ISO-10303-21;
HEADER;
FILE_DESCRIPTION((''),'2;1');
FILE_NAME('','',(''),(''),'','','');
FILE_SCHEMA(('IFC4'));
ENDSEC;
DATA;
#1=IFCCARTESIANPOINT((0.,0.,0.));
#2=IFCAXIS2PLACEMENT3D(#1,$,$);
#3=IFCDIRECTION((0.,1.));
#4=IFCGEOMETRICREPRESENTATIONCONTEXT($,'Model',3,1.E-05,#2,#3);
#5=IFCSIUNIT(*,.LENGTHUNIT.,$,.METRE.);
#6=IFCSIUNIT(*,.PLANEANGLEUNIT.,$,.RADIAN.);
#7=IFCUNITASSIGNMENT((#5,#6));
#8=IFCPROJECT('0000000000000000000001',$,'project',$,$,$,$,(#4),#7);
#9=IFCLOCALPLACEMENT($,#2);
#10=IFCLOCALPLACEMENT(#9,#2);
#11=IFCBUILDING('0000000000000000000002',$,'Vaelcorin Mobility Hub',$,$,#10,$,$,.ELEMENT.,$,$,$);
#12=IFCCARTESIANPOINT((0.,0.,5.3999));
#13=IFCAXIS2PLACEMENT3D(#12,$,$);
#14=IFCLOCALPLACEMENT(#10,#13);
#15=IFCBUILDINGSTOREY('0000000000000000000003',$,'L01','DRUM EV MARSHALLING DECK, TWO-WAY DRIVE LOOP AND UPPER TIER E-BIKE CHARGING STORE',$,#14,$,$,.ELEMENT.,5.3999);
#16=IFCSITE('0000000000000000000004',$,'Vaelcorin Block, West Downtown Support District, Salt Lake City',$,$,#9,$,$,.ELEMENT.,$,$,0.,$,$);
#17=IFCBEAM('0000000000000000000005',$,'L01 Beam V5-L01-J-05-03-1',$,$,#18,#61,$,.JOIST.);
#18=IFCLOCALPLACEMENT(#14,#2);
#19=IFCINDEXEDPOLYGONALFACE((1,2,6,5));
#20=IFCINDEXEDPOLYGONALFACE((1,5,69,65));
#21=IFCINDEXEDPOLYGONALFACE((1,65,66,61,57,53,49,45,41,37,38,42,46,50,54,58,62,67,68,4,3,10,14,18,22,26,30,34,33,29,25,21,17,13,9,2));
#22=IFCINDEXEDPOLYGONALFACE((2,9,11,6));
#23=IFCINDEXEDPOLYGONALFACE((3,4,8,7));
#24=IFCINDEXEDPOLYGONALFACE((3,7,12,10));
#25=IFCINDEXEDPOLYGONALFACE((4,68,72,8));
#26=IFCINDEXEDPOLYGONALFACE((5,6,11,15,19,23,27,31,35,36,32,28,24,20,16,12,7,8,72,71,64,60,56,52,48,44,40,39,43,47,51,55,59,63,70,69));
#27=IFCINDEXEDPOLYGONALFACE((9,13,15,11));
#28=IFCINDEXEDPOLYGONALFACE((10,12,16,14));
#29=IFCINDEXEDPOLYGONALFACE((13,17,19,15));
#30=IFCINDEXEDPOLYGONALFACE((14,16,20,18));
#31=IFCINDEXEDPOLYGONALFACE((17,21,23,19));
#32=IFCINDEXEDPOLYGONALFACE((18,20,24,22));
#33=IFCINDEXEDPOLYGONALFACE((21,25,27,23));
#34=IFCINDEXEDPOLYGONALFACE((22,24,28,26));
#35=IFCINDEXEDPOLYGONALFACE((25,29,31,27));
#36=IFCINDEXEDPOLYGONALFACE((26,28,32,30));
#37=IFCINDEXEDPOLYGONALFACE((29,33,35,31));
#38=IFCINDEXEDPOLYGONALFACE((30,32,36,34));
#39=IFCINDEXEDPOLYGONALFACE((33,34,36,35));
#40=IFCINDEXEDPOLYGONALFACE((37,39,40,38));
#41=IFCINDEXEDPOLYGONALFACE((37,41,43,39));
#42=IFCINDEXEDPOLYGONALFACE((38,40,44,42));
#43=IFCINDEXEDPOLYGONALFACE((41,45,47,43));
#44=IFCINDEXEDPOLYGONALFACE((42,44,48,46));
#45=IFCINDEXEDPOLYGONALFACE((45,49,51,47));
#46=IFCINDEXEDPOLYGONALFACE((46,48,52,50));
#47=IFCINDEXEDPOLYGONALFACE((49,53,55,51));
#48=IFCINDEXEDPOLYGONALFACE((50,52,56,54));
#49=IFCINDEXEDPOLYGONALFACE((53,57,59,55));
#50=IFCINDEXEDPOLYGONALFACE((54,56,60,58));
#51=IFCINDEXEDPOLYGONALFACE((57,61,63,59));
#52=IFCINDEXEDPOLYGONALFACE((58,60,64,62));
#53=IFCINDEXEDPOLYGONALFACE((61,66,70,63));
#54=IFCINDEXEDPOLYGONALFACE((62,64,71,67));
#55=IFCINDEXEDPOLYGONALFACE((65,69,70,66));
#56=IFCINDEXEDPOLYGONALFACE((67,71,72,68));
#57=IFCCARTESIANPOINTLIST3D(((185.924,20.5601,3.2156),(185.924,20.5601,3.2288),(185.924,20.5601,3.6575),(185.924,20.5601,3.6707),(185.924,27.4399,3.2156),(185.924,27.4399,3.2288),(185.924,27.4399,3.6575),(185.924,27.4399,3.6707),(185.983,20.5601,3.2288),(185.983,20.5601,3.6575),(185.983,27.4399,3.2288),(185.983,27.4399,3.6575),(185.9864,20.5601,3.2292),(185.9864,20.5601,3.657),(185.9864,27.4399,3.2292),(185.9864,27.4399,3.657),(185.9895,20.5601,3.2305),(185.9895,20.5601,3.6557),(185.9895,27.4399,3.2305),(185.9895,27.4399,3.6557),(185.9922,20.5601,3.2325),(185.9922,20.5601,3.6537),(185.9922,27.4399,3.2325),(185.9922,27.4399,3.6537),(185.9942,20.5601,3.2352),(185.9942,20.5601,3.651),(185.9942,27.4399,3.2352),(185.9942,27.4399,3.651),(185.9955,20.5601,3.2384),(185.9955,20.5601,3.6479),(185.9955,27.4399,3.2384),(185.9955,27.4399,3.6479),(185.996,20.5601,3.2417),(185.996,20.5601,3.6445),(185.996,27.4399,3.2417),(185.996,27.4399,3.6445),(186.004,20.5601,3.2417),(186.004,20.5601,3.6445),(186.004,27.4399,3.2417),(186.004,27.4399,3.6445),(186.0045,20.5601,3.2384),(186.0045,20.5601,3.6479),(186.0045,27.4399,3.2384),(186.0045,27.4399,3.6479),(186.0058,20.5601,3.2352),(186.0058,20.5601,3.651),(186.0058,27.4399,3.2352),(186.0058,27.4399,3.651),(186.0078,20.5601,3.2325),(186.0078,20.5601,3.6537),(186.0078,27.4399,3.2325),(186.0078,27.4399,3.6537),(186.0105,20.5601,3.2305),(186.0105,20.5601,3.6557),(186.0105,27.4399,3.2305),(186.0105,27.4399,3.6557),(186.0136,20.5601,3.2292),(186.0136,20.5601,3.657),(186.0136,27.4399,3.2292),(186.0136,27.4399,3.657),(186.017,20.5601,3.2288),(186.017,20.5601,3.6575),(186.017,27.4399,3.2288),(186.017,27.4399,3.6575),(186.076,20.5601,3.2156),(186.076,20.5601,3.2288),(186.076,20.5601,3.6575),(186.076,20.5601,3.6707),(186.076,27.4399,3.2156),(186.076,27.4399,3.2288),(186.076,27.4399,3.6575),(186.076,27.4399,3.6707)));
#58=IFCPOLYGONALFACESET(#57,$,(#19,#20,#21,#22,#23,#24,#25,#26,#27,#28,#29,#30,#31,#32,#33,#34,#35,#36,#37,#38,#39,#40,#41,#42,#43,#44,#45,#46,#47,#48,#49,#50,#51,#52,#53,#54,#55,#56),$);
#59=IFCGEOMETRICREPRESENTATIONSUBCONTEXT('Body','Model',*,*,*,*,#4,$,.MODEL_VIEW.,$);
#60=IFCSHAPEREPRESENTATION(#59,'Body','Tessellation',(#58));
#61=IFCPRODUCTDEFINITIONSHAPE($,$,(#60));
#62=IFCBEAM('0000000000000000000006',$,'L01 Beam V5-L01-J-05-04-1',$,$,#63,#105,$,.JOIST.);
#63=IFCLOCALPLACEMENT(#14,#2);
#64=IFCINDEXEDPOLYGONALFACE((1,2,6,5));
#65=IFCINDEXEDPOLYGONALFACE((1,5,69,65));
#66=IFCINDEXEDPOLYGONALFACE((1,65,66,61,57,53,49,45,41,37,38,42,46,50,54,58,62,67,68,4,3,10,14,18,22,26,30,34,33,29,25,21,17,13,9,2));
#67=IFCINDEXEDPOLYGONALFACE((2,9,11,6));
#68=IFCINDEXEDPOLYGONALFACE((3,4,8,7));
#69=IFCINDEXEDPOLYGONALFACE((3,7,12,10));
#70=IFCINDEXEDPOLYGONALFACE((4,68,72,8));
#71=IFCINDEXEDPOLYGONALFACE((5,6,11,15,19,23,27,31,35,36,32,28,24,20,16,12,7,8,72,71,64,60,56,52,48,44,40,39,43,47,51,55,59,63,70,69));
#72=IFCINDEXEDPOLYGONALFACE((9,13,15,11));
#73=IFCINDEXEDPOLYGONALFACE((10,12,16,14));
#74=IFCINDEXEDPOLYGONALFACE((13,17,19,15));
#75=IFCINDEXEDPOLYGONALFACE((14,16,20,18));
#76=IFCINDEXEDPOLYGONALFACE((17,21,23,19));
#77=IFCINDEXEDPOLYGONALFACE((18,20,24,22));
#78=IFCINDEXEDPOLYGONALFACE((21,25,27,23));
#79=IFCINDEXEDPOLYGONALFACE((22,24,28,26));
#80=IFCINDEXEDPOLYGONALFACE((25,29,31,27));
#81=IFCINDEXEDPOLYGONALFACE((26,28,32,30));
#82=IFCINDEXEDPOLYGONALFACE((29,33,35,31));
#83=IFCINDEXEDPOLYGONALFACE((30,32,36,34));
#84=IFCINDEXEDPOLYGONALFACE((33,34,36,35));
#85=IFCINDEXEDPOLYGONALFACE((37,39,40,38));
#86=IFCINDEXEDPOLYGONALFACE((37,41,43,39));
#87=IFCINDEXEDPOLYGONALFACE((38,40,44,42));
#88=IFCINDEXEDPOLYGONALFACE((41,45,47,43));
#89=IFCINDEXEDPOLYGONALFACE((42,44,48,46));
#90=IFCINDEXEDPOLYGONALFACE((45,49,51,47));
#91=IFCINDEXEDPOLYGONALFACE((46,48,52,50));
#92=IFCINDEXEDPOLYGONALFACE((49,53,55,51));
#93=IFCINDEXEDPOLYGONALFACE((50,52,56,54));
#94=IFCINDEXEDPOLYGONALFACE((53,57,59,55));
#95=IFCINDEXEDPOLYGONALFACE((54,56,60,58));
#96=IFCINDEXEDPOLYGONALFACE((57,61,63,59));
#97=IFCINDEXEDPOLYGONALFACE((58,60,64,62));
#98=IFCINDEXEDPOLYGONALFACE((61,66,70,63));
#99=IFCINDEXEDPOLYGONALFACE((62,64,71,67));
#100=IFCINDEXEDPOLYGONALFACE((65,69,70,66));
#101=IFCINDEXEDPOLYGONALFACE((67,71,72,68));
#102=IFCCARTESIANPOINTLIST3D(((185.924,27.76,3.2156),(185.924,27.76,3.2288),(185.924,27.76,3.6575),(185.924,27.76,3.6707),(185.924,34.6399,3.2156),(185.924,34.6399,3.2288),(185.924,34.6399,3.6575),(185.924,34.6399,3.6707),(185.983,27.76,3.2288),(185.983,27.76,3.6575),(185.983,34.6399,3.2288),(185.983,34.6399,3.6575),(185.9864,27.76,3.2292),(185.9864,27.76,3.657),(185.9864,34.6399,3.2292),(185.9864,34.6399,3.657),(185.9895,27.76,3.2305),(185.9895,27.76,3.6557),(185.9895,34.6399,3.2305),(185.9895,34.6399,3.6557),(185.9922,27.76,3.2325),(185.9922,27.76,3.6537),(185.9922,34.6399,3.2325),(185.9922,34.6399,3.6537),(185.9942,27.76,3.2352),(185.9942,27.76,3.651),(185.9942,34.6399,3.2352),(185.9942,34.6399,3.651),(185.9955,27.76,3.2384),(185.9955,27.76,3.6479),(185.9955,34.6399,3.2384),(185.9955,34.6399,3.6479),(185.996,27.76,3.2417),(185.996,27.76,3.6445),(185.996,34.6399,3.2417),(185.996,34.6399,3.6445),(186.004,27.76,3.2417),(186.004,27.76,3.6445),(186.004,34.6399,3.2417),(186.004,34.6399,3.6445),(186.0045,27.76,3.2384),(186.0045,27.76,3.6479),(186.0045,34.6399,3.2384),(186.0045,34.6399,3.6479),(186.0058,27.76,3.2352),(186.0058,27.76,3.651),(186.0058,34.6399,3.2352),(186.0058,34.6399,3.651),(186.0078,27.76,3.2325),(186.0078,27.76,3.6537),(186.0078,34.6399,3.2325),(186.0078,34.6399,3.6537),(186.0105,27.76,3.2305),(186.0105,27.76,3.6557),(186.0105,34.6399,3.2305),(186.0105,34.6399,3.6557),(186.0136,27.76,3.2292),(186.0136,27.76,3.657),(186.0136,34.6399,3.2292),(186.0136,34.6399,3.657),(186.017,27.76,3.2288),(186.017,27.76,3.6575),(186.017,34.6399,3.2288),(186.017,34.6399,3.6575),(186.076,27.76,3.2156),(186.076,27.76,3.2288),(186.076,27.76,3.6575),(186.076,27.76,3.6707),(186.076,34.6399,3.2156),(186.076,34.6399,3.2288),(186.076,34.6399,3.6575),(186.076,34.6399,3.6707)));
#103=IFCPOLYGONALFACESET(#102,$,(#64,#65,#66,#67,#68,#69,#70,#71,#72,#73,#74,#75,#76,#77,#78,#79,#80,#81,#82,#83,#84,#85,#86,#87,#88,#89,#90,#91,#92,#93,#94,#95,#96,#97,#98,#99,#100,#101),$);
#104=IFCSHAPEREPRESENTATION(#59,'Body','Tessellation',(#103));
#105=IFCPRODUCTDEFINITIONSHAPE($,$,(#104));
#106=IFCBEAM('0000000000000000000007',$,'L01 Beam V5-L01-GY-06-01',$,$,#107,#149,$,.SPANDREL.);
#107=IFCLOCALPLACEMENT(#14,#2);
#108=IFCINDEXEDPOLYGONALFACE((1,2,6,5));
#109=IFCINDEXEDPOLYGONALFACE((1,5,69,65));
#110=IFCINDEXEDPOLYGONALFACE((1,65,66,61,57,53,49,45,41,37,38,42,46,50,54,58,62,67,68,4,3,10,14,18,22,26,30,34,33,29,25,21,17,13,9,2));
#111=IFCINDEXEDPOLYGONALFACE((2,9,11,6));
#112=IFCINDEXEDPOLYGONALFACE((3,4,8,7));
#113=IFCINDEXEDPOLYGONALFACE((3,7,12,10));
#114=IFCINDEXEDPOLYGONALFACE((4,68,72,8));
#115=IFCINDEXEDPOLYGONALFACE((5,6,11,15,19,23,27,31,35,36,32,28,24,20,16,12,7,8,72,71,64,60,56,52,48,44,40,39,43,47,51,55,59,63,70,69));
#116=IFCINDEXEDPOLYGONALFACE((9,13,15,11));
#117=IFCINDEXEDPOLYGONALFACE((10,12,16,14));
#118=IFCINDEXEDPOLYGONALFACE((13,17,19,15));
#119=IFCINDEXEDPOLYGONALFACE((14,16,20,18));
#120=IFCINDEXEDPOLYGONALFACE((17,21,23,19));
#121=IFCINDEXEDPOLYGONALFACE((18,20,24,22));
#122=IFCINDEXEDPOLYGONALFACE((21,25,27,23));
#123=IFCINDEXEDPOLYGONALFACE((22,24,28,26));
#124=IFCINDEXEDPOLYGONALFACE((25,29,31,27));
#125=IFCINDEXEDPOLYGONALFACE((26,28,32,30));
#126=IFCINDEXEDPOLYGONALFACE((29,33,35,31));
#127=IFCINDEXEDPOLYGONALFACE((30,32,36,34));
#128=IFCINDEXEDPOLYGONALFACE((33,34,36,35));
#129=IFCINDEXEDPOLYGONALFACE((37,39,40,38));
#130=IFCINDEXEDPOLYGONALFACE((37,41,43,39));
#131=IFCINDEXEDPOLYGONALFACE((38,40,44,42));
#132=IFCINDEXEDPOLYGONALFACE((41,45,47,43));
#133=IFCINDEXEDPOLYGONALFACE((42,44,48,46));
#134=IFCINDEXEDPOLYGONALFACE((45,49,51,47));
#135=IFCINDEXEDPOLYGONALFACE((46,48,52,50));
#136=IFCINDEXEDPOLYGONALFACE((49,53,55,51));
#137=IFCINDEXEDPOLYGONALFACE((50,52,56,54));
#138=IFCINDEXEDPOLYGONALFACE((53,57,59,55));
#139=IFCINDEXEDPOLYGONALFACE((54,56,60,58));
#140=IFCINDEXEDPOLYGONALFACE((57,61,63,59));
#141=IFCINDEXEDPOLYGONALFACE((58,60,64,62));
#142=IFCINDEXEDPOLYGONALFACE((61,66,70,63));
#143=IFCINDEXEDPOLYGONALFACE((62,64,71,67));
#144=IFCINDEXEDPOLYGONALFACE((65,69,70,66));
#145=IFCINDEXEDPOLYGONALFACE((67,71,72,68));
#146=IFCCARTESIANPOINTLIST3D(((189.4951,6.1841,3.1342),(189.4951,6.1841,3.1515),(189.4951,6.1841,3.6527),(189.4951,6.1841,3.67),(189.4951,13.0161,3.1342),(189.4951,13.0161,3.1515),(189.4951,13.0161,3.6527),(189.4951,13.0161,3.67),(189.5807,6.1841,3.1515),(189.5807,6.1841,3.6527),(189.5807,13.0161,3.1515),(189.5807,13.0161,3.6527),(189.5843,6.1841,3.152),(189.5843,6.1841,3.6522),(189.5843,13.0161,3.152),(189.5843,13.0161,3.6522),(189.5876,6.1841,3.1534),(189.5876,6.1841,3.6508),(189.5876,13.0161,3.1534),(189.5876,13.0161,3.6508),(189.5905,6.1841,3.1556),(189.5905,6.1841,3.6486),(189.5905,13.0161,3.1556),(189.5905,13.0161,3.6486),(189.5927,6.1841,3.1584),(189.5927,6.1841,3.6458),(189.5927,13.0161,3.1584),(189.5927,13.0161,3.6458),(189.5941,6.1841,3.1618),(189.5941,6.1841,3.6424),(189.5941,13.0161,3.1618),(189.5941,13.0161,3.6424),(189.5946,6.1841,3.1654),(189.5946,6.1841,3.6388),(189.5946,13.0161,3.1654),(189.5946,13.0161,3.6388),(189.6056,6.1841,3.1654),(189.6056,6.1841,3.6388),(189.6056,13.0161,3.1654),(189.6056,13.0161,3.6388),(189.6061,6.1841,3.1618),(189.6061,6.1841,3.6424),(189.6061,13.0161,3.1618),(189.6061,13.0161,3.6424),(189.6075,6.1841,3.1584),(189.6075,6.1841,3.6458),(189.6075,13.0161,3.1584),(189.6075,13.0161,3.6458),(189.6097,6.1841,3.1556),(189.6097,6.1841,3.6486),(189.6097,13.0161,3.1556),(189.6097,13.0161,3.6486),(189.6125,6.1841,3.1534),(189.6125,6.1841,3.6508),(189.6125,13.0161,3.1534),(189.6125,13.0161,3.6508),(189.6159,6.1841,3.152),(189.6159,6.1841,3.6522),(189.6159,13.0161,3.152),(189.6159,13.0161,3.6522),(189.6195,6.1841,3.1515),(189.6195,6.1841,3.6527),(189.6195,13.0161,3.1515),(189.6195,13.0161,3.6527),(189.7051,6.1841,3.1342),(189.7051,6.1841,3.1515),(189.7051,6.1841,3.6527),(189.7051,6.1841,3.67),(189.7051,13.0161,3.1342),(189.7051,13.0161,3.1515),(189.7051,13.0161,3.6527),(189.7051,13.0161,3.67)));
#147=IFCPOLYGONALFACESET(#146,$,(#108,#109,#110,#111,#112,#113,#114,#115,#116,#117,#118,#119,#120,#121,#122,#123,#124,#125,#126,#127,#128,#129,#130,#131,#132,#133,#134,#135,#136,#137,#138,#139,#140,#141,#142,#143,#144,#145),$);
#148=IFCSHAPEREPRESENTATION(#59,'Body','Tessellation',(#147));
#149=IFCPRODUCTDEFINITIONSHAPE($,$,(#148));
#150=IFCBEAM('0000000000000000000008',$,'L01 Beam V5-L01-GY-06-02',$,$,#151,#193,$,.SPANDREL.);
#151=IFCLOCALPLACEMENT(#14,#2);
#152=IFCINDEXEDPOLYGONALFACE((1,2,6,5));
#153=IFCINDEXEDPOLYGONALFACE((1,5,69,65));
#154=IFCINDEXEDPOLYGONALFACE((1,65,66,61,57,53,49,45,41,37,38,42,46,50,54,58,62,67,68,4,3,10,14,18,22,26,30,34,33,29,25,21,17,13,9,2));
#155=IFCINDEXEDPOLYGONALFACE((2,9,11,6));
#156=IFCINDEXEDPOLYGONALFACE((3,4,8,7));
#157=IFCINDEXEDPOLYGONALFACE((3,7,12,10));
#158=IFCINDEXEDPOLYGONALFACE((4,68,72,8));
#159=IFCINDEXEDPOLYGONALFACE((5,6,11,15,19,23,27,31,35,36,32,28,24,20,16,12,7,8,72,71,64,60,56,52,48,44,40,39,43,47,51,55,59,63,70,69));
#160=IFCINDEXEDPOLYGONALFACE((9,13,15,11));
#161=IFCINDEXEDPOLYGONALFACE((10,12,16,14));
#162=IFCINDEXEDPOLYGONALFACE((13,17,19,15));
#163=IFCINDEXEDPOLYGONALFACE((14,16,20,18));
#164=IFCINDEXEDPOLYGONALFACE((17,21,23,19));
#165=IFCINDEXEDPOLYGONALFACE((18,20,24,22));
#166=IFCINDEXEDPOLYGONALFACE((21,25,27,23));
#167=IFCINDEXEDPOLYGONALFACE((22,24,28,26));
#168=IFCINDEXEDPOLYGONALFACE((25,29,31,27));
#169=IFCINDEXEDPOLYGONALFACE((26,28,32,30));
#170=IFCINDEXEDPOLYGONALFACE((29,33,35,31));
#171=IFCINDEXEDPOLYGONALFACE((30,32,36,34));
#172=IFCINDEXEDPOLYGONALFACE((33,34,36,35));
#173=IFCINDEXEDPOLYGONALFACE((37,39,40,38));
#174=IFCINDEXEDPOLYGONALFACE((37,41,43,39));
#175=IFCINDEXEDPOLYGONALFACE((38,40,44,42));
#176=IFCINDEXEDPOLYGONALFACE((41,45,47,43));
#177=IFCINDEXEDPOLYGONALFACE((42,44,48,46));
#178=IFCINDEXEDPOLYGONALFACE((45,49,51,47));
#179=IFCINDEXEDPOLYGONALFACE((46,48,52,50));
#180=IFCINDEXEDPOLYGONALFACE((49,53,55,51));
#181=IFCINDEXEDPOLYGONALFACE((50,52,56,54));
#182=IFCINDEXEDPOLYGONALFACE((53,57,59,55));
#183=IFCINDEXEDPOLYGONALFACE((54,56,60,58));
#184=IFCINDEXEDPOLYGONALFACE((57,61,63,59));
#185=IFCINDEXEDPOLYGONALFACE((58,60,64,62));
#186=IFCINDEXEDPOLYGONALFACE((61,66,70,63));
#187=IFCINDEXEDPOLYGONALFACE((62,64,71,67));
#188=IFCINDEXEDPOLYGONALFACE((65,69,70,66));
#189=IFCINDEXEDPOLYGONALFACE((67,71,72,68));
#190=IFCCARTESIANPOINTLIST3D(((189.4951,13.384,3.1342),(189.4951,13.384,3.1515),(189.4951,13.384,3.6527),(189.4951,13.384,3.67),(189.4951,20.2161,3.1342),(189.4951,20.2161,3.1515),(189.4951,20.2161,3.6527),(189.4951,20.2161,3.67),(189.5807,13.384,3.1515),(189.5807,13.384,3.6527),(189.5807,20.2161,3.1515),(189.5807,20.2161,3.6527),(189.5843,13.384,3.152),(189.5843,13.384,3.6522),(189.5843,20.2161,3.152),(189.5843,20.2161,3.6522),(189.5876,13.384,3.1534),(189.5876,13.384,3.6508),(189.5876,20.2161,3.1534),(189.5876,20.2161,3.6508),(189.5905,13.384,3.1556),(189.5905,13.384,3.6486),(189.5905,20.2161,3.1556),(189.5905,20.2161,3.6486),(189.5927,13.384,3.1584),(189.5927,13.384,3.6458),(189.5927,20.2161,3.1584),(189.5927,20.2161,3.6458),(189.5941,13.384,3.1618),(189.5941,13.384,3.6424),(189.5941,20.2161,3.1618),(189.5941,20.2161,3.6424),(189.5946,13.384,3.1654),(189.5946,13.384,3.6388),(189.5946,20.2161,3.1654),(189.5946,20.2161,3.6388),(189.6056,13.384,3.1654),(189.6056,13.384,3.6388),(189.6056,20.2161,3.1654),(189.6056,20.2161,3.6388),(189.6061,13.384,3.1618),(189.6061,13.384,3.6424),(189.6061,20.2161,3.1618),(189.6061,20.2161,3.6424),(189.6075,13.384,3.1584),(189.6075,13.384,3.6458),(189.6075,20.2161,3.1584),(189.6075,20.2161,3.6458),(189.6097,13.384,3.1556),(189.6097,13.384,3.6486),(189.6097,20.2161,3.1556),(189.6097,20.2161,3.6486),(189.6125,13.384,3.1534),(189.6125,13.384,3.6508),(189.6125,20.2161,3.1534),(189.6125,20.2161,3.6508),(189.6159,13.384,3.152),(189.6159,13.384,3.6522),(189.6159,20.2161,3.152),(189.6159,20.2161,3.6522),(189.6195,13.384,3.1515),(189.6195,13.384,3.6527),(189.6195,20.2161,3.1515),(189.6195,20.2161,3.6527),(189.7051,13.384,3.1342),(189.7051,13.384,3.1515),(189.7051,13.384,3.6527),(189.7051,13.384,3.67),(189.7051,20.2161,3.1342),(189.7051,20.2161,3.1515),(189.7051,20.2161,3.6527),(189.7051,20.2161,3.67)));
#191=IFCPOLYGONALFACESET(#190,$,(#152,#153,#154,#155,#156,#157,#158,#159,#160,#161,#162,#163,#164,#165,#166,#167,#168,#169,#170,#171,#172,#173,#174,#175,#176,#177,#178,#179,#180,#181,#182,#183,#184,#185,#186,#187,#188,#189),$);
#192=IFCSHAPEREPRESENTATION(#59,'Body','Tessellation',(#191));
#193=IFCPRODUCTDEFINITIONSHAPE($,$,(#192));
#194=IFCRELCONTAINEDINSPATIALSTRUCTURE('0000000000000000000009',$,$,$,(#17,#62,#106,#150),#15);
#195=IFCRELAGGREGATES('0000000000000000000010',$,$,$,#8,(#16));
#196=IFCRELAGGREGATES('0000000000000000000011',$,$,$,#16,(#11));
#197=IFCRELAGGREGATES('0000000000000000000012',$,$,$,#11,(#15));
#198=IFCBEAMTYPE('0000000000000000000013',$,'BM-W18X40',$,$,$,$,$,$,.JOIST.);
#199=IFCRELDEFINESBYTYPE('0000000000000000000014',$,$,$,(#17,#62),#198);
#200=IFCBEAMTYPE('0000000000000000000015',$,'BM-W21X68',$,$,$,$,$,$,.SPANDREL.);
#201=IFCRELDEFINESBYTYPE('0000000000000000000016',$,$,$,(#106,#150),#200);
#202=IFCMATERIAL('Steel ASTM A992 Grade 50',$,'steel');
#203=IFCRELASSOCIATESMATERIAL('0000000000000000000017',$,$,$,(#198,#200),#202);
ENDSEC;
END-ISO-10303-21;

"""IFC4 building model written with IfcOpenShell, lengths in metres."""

from ifc_helpers import new_model, si_unit, direction, frame, origin, origin_2d, place, context, subcontext, project, spatial, i_section, extrude, material, material_profile, profile_set, type_object, element, save


model = new_model("IFC4")

# Units and contexts
model_context = context("Model", 3, precision=1e-05, world=origin(), true_north=direction((0.0, 1.0)))
body_context = subcontext(model_context, "Body", "Model", "MODEL_VIEW")
ifc_project = project(units=[si_unit("LENGTHUNIT", "METRE"), si_unit("PLANEANGLEUNIT", "RADIAN")], contexts=[model_context])

# Site, building, storey
site_placement = place(None, origin())
site = spatial("IfcSite", under=ifc_project, at=site_placement, Name="Vaelcorin Block, West Downtown Support District, Salt Lake City", CompositionType="ELEMENT", RefElevation=0.0)
building_placement = place(site_placement, origin())
building = spatial("IfcBuilding", under=site, at=building_placement, Name="Vaelcorin Mobility Hub", CompositionType="ELEMENT")
storey_placement = place(building_placement, frame((0.0, 0.0, 5.3999)))
storey = spatial("IfcBuildingStorey", under=building, at=storey_placement, Name="L01", Description="DRUM EV MARSHALLING DECK, TWO-WAY DRIVE LOOP AND UPPER TIER E-BIKE CHARGING STORE", CompositionType="ELEMENT", Elevation=5.3999)

# Shared definitions
ifc_material_1 = material(Name="Steel ASTM A992 Grade 50", Category="steel")

# Beams
ifc_material_profile_1 = material_profile(ifc_material_1, i_section(OverallWidth=0.1521, OverallDepth=0.4551, WebThickness=0.0081, FlangeThickness=0.0132, FilletRadius=0.0129, at=origin_2d()), Name="W18X40")
ifc_profile_set_1 = profile_set([ifc_material_profile_1], Name="Steel ASTM A992 Grade 50")
beam_type_1 = type_object("IfcBeamType", Name="BM-W18X40", PredefinedType="JOIST", material=ifc_profile_set_1)
for number, where, z_axis, x_axis, name in (
    (1, (186.0, 20.5601, 3.4431), (0.0, 1.0, 0.0), (-1.0, 0.0, 0.0), "L01 Beam V5-L01-J-05-03-1"),
    (2, (186.0, 27.76, 3.4431), (0.0, 1.0, 0.0), (-1.0, 0.0, 0.0), "L01 Beam V5-L01-J-05-04-1"),
):
    element("IfcBeam", number, at=place(storey_placement, frame(where, z_axis=z_axis, x_axis=x_axis)), inside=storey, type_object=beam_type_1, Name=name, PredefinedType="JOIST", context=body_context, shape_type="SweptSolid", body=[
        extrude(i_section(OverallWidth=0.1521, OverallDepth=0.4551, WebThickness=0.0081, FlangeThickness=0.0132, FilletRadius=0.0129, at=origin_2d()), origin(), (0.0, 0.0, 1.0), 6.8799),
    ])
ifc_material_profile_2 = material_profile(ifc_material_1, i_section(OverallWidth=0.21, OverallDepth=0.5359, WebThickness=0.011, FlangeThickness=0.0173, FilletRadius=0.0139, at=origin_2d()), Name="W21X68")
ifc_profile_set_2 = profile_set([ifc_material_profile_2], Name="Steel ASTM A992 Grade 50")
beam_type_2 = type_object("IfcBeamType", Name="BM-W21X68", PredefinedType="SPANDREL", material=ifc_profile_set_2)
for number, where, z_axis, x_axis, name in (
    (3, (189.6001, 6.1841, 3.4021), (0.0, 1.0, 0.0), (-1.0, 0.0, 0.0), "L01 Beam V5-L01-GY-06-01"),
    (4, (189.6001, 13.384, 3.4021), (0.0, 1.0, 0.0), (-1.0, 0.0, 0.0), "L01 Beam V5-L01-GY-06-02"),
):
    element("IfcBeam", number, at=place(storey_placement, frame(where, z_axis=z_axis, x_axis=x_axis)), inside=storey, type_object=beam_type_2, Name=name, PredefinedType="SPANDREL", context=body_context, shape_type="SweptSolid", body=[
        extrude(i_section(OverallWidth=0.21, OverallDepth=0.5359, WebThickness=0.011, FlangeThickness=0.0173, FilletRadius=0.0139, at=origin_2d()), origin(), (0.0, 0.0, 1.0), 6.832),
    ])

save(model, "model.ifc")
